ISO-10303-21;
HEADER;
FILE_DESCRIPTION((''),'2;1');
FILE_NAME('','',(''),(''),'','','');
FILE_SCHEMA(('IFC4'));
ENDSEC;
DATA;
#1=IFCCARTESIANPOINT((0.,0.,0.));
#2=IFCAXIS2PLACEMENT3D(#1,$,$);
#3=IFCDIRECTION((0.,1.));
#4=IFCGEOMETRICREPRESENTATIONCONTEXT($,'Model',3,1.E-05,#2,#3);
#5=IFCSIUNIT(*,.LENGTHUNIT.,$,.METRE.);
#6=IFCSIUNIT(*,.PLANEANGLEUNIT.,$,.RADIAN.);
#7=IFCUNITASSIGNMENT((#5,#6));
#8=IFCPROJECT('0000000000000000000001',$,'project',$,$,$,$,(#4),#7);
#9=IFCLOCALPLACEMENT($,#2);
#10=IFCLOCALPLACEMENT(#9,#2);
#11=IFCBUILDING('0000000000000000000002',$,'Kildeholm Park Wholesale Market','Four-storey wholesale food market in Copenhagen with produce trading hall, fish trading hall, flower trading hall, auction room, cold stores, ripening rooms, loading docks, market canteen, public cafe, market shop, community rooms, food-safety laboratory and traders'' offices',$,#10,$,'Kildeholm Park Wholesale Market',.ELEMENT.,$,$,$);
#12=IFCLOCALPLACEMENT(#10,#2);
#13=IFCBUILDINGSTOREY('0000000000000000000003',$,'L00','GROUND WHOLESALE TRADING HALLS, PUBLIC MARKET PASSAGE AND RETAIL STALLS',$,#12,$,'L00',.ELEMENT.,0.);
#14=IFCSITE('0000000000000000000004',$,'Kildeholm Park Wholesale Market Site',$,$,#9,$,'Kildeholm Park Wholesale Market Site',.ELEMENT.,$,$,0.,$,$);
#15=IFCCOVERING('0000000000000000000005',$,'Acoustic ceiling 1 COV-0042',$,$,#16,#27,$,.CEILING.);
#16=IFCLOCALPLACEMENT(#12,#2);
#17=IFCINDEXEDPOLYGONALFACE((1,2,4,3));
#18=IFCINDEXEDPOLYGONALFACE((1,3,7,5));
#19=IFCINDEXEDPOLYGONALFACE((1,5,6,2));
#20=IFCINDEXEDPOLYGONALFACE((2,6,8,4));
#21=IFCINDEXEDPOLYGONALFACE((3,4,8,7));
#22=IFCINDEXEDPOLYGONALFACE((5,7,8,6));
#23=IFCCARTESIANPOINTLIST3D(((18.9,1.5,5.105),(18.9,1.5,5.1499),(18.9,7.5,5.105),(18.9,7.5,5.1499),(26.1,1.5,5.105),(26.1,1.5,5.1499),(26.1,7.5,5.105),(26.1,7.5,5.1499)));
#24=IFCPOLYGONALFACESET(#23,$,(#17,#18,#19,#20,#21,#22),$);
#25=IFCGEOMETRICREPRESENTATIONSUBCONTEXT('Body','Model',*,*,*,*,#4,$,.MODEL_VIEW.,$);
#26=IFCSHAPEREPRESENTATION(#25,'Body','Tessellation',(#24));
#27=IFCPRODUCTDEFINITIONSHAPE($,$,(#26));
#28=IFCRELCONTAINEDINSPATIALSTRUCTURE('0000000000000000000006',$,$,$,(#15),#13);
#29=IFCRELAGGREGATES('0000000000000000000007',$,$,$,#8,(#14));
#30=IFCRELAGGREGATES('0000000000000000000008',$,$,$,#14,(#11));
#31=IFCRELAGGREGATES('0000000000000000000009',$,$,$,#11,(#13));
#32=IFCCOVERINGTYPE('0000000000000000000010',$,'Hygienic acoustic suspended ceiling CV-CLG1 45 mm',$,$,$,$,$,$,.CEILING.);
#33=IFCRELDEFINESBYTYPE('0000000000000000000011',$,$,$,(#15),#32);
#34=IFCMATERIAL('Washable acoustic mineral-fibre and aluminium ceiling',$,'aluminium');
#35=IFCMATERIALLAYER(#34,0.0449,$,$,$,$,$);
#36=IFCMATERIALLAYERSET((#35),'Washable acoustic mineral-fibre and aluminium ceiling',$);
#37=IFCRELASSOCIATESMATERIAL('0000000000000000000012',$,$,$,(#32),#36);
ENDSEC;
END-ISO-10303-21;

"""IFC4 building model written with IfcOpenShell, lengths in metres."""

from ifc_helpers import new_model, si_unit, direction, frame, origin, origin_2d, place, context, subcontext, project, spatial, rectangle, extrude, material, layer, layer_set, type_object, element, save


model = new_model("IFC4")

# Units and contexts
model_context = context("Model", 3, precision=1e-05, world=origin(), true_north=direction((0.0, 1.0)))
body_context = subcontext(model_context, "Body", "Model", "MODEL_VIEW")
ifc_project = project(units=[si_unit("LENGTHUNIT", "METRE"), si_unit("PLANEANGLEUNIT", "RADIAN")], contexts=[model_context])

# Site, building, storey
site_placement = place(None, origin())
site = spatial("IfcSite", under=ifc_project, at=site_placement, Name="Kildeholm Park Wholesale Market Site", LongName="Kildeholm Park Wholesale Market Site", CompositionType="ELEMENT", RefElevation=0.0)
building_placement = place(site_placement, origin())
building = spatial("IfcBuilding", under=site, at=building_placement, Name="Kildeholm Park Wholesale Market", Description="Four-storey wholesale food market in Copenhagen with produce trading hall, fish trading hall, flower trading hall, auction room, cold stores, ripening rooms, loading docks, market canteen, public cafe, market shop, community rooms, food-safety laboratory and traders' offices", LongName="Kildeholm Park Wholesale Market", CompositionType="ELEMENT")
storey_placement = place(building_placement, origin())
storey = spatial("IfcBuildingStorey", under=building, at=storey_placement, Name="L00", Description="GROUND WHOLESALE TRADING HALLS, PUBLIC MARKET PASSAGE AND RETAIL STALLS", LongName="L00", CompositionType="ELEMENT", Elevation=0.0)

# Covering
ifc_material_1 = material(Name="Washable acoustic mineral-fibre and aluminium ceiling", Category="aluminium")
ifc_layer_1 = layer(ifc_material_1, 0.0449)
ifc_layer_set_1 = layer_set([ifc_layer_1], Name="Washable acoustic mineral-fibre and aluminium ceiling")
covering_type_1 = type_object("IfcCoveringType", Name="Hygienic acoustic suspended ceiling CV-CLG1 45 mm", PredefinedType="CEILING", material=ifc_layer_set_1)
covering_1_placement = place(storey_placement, frame((22.5, 4.5, 5.105), z_axis=(0.0, 0.0, 1.0), x_axis=(1.0, 0.0, 0.0)))
element("IfcCovering", 1, at=covering_1_placement, inside=storey, type_object=covering_type_1, Name="Acoustic ceiling 1 COV-0042", PredefinedType="CEILING", context=body_context, shape_type="SweptSolid", body=[
    extrude(rectangle(XDim=7.2, YDim=6.0, at=origin_2d()), origin(), (0.0, 0.0, 1.0), 0.0449),
])

save(model, "model.ifc")
